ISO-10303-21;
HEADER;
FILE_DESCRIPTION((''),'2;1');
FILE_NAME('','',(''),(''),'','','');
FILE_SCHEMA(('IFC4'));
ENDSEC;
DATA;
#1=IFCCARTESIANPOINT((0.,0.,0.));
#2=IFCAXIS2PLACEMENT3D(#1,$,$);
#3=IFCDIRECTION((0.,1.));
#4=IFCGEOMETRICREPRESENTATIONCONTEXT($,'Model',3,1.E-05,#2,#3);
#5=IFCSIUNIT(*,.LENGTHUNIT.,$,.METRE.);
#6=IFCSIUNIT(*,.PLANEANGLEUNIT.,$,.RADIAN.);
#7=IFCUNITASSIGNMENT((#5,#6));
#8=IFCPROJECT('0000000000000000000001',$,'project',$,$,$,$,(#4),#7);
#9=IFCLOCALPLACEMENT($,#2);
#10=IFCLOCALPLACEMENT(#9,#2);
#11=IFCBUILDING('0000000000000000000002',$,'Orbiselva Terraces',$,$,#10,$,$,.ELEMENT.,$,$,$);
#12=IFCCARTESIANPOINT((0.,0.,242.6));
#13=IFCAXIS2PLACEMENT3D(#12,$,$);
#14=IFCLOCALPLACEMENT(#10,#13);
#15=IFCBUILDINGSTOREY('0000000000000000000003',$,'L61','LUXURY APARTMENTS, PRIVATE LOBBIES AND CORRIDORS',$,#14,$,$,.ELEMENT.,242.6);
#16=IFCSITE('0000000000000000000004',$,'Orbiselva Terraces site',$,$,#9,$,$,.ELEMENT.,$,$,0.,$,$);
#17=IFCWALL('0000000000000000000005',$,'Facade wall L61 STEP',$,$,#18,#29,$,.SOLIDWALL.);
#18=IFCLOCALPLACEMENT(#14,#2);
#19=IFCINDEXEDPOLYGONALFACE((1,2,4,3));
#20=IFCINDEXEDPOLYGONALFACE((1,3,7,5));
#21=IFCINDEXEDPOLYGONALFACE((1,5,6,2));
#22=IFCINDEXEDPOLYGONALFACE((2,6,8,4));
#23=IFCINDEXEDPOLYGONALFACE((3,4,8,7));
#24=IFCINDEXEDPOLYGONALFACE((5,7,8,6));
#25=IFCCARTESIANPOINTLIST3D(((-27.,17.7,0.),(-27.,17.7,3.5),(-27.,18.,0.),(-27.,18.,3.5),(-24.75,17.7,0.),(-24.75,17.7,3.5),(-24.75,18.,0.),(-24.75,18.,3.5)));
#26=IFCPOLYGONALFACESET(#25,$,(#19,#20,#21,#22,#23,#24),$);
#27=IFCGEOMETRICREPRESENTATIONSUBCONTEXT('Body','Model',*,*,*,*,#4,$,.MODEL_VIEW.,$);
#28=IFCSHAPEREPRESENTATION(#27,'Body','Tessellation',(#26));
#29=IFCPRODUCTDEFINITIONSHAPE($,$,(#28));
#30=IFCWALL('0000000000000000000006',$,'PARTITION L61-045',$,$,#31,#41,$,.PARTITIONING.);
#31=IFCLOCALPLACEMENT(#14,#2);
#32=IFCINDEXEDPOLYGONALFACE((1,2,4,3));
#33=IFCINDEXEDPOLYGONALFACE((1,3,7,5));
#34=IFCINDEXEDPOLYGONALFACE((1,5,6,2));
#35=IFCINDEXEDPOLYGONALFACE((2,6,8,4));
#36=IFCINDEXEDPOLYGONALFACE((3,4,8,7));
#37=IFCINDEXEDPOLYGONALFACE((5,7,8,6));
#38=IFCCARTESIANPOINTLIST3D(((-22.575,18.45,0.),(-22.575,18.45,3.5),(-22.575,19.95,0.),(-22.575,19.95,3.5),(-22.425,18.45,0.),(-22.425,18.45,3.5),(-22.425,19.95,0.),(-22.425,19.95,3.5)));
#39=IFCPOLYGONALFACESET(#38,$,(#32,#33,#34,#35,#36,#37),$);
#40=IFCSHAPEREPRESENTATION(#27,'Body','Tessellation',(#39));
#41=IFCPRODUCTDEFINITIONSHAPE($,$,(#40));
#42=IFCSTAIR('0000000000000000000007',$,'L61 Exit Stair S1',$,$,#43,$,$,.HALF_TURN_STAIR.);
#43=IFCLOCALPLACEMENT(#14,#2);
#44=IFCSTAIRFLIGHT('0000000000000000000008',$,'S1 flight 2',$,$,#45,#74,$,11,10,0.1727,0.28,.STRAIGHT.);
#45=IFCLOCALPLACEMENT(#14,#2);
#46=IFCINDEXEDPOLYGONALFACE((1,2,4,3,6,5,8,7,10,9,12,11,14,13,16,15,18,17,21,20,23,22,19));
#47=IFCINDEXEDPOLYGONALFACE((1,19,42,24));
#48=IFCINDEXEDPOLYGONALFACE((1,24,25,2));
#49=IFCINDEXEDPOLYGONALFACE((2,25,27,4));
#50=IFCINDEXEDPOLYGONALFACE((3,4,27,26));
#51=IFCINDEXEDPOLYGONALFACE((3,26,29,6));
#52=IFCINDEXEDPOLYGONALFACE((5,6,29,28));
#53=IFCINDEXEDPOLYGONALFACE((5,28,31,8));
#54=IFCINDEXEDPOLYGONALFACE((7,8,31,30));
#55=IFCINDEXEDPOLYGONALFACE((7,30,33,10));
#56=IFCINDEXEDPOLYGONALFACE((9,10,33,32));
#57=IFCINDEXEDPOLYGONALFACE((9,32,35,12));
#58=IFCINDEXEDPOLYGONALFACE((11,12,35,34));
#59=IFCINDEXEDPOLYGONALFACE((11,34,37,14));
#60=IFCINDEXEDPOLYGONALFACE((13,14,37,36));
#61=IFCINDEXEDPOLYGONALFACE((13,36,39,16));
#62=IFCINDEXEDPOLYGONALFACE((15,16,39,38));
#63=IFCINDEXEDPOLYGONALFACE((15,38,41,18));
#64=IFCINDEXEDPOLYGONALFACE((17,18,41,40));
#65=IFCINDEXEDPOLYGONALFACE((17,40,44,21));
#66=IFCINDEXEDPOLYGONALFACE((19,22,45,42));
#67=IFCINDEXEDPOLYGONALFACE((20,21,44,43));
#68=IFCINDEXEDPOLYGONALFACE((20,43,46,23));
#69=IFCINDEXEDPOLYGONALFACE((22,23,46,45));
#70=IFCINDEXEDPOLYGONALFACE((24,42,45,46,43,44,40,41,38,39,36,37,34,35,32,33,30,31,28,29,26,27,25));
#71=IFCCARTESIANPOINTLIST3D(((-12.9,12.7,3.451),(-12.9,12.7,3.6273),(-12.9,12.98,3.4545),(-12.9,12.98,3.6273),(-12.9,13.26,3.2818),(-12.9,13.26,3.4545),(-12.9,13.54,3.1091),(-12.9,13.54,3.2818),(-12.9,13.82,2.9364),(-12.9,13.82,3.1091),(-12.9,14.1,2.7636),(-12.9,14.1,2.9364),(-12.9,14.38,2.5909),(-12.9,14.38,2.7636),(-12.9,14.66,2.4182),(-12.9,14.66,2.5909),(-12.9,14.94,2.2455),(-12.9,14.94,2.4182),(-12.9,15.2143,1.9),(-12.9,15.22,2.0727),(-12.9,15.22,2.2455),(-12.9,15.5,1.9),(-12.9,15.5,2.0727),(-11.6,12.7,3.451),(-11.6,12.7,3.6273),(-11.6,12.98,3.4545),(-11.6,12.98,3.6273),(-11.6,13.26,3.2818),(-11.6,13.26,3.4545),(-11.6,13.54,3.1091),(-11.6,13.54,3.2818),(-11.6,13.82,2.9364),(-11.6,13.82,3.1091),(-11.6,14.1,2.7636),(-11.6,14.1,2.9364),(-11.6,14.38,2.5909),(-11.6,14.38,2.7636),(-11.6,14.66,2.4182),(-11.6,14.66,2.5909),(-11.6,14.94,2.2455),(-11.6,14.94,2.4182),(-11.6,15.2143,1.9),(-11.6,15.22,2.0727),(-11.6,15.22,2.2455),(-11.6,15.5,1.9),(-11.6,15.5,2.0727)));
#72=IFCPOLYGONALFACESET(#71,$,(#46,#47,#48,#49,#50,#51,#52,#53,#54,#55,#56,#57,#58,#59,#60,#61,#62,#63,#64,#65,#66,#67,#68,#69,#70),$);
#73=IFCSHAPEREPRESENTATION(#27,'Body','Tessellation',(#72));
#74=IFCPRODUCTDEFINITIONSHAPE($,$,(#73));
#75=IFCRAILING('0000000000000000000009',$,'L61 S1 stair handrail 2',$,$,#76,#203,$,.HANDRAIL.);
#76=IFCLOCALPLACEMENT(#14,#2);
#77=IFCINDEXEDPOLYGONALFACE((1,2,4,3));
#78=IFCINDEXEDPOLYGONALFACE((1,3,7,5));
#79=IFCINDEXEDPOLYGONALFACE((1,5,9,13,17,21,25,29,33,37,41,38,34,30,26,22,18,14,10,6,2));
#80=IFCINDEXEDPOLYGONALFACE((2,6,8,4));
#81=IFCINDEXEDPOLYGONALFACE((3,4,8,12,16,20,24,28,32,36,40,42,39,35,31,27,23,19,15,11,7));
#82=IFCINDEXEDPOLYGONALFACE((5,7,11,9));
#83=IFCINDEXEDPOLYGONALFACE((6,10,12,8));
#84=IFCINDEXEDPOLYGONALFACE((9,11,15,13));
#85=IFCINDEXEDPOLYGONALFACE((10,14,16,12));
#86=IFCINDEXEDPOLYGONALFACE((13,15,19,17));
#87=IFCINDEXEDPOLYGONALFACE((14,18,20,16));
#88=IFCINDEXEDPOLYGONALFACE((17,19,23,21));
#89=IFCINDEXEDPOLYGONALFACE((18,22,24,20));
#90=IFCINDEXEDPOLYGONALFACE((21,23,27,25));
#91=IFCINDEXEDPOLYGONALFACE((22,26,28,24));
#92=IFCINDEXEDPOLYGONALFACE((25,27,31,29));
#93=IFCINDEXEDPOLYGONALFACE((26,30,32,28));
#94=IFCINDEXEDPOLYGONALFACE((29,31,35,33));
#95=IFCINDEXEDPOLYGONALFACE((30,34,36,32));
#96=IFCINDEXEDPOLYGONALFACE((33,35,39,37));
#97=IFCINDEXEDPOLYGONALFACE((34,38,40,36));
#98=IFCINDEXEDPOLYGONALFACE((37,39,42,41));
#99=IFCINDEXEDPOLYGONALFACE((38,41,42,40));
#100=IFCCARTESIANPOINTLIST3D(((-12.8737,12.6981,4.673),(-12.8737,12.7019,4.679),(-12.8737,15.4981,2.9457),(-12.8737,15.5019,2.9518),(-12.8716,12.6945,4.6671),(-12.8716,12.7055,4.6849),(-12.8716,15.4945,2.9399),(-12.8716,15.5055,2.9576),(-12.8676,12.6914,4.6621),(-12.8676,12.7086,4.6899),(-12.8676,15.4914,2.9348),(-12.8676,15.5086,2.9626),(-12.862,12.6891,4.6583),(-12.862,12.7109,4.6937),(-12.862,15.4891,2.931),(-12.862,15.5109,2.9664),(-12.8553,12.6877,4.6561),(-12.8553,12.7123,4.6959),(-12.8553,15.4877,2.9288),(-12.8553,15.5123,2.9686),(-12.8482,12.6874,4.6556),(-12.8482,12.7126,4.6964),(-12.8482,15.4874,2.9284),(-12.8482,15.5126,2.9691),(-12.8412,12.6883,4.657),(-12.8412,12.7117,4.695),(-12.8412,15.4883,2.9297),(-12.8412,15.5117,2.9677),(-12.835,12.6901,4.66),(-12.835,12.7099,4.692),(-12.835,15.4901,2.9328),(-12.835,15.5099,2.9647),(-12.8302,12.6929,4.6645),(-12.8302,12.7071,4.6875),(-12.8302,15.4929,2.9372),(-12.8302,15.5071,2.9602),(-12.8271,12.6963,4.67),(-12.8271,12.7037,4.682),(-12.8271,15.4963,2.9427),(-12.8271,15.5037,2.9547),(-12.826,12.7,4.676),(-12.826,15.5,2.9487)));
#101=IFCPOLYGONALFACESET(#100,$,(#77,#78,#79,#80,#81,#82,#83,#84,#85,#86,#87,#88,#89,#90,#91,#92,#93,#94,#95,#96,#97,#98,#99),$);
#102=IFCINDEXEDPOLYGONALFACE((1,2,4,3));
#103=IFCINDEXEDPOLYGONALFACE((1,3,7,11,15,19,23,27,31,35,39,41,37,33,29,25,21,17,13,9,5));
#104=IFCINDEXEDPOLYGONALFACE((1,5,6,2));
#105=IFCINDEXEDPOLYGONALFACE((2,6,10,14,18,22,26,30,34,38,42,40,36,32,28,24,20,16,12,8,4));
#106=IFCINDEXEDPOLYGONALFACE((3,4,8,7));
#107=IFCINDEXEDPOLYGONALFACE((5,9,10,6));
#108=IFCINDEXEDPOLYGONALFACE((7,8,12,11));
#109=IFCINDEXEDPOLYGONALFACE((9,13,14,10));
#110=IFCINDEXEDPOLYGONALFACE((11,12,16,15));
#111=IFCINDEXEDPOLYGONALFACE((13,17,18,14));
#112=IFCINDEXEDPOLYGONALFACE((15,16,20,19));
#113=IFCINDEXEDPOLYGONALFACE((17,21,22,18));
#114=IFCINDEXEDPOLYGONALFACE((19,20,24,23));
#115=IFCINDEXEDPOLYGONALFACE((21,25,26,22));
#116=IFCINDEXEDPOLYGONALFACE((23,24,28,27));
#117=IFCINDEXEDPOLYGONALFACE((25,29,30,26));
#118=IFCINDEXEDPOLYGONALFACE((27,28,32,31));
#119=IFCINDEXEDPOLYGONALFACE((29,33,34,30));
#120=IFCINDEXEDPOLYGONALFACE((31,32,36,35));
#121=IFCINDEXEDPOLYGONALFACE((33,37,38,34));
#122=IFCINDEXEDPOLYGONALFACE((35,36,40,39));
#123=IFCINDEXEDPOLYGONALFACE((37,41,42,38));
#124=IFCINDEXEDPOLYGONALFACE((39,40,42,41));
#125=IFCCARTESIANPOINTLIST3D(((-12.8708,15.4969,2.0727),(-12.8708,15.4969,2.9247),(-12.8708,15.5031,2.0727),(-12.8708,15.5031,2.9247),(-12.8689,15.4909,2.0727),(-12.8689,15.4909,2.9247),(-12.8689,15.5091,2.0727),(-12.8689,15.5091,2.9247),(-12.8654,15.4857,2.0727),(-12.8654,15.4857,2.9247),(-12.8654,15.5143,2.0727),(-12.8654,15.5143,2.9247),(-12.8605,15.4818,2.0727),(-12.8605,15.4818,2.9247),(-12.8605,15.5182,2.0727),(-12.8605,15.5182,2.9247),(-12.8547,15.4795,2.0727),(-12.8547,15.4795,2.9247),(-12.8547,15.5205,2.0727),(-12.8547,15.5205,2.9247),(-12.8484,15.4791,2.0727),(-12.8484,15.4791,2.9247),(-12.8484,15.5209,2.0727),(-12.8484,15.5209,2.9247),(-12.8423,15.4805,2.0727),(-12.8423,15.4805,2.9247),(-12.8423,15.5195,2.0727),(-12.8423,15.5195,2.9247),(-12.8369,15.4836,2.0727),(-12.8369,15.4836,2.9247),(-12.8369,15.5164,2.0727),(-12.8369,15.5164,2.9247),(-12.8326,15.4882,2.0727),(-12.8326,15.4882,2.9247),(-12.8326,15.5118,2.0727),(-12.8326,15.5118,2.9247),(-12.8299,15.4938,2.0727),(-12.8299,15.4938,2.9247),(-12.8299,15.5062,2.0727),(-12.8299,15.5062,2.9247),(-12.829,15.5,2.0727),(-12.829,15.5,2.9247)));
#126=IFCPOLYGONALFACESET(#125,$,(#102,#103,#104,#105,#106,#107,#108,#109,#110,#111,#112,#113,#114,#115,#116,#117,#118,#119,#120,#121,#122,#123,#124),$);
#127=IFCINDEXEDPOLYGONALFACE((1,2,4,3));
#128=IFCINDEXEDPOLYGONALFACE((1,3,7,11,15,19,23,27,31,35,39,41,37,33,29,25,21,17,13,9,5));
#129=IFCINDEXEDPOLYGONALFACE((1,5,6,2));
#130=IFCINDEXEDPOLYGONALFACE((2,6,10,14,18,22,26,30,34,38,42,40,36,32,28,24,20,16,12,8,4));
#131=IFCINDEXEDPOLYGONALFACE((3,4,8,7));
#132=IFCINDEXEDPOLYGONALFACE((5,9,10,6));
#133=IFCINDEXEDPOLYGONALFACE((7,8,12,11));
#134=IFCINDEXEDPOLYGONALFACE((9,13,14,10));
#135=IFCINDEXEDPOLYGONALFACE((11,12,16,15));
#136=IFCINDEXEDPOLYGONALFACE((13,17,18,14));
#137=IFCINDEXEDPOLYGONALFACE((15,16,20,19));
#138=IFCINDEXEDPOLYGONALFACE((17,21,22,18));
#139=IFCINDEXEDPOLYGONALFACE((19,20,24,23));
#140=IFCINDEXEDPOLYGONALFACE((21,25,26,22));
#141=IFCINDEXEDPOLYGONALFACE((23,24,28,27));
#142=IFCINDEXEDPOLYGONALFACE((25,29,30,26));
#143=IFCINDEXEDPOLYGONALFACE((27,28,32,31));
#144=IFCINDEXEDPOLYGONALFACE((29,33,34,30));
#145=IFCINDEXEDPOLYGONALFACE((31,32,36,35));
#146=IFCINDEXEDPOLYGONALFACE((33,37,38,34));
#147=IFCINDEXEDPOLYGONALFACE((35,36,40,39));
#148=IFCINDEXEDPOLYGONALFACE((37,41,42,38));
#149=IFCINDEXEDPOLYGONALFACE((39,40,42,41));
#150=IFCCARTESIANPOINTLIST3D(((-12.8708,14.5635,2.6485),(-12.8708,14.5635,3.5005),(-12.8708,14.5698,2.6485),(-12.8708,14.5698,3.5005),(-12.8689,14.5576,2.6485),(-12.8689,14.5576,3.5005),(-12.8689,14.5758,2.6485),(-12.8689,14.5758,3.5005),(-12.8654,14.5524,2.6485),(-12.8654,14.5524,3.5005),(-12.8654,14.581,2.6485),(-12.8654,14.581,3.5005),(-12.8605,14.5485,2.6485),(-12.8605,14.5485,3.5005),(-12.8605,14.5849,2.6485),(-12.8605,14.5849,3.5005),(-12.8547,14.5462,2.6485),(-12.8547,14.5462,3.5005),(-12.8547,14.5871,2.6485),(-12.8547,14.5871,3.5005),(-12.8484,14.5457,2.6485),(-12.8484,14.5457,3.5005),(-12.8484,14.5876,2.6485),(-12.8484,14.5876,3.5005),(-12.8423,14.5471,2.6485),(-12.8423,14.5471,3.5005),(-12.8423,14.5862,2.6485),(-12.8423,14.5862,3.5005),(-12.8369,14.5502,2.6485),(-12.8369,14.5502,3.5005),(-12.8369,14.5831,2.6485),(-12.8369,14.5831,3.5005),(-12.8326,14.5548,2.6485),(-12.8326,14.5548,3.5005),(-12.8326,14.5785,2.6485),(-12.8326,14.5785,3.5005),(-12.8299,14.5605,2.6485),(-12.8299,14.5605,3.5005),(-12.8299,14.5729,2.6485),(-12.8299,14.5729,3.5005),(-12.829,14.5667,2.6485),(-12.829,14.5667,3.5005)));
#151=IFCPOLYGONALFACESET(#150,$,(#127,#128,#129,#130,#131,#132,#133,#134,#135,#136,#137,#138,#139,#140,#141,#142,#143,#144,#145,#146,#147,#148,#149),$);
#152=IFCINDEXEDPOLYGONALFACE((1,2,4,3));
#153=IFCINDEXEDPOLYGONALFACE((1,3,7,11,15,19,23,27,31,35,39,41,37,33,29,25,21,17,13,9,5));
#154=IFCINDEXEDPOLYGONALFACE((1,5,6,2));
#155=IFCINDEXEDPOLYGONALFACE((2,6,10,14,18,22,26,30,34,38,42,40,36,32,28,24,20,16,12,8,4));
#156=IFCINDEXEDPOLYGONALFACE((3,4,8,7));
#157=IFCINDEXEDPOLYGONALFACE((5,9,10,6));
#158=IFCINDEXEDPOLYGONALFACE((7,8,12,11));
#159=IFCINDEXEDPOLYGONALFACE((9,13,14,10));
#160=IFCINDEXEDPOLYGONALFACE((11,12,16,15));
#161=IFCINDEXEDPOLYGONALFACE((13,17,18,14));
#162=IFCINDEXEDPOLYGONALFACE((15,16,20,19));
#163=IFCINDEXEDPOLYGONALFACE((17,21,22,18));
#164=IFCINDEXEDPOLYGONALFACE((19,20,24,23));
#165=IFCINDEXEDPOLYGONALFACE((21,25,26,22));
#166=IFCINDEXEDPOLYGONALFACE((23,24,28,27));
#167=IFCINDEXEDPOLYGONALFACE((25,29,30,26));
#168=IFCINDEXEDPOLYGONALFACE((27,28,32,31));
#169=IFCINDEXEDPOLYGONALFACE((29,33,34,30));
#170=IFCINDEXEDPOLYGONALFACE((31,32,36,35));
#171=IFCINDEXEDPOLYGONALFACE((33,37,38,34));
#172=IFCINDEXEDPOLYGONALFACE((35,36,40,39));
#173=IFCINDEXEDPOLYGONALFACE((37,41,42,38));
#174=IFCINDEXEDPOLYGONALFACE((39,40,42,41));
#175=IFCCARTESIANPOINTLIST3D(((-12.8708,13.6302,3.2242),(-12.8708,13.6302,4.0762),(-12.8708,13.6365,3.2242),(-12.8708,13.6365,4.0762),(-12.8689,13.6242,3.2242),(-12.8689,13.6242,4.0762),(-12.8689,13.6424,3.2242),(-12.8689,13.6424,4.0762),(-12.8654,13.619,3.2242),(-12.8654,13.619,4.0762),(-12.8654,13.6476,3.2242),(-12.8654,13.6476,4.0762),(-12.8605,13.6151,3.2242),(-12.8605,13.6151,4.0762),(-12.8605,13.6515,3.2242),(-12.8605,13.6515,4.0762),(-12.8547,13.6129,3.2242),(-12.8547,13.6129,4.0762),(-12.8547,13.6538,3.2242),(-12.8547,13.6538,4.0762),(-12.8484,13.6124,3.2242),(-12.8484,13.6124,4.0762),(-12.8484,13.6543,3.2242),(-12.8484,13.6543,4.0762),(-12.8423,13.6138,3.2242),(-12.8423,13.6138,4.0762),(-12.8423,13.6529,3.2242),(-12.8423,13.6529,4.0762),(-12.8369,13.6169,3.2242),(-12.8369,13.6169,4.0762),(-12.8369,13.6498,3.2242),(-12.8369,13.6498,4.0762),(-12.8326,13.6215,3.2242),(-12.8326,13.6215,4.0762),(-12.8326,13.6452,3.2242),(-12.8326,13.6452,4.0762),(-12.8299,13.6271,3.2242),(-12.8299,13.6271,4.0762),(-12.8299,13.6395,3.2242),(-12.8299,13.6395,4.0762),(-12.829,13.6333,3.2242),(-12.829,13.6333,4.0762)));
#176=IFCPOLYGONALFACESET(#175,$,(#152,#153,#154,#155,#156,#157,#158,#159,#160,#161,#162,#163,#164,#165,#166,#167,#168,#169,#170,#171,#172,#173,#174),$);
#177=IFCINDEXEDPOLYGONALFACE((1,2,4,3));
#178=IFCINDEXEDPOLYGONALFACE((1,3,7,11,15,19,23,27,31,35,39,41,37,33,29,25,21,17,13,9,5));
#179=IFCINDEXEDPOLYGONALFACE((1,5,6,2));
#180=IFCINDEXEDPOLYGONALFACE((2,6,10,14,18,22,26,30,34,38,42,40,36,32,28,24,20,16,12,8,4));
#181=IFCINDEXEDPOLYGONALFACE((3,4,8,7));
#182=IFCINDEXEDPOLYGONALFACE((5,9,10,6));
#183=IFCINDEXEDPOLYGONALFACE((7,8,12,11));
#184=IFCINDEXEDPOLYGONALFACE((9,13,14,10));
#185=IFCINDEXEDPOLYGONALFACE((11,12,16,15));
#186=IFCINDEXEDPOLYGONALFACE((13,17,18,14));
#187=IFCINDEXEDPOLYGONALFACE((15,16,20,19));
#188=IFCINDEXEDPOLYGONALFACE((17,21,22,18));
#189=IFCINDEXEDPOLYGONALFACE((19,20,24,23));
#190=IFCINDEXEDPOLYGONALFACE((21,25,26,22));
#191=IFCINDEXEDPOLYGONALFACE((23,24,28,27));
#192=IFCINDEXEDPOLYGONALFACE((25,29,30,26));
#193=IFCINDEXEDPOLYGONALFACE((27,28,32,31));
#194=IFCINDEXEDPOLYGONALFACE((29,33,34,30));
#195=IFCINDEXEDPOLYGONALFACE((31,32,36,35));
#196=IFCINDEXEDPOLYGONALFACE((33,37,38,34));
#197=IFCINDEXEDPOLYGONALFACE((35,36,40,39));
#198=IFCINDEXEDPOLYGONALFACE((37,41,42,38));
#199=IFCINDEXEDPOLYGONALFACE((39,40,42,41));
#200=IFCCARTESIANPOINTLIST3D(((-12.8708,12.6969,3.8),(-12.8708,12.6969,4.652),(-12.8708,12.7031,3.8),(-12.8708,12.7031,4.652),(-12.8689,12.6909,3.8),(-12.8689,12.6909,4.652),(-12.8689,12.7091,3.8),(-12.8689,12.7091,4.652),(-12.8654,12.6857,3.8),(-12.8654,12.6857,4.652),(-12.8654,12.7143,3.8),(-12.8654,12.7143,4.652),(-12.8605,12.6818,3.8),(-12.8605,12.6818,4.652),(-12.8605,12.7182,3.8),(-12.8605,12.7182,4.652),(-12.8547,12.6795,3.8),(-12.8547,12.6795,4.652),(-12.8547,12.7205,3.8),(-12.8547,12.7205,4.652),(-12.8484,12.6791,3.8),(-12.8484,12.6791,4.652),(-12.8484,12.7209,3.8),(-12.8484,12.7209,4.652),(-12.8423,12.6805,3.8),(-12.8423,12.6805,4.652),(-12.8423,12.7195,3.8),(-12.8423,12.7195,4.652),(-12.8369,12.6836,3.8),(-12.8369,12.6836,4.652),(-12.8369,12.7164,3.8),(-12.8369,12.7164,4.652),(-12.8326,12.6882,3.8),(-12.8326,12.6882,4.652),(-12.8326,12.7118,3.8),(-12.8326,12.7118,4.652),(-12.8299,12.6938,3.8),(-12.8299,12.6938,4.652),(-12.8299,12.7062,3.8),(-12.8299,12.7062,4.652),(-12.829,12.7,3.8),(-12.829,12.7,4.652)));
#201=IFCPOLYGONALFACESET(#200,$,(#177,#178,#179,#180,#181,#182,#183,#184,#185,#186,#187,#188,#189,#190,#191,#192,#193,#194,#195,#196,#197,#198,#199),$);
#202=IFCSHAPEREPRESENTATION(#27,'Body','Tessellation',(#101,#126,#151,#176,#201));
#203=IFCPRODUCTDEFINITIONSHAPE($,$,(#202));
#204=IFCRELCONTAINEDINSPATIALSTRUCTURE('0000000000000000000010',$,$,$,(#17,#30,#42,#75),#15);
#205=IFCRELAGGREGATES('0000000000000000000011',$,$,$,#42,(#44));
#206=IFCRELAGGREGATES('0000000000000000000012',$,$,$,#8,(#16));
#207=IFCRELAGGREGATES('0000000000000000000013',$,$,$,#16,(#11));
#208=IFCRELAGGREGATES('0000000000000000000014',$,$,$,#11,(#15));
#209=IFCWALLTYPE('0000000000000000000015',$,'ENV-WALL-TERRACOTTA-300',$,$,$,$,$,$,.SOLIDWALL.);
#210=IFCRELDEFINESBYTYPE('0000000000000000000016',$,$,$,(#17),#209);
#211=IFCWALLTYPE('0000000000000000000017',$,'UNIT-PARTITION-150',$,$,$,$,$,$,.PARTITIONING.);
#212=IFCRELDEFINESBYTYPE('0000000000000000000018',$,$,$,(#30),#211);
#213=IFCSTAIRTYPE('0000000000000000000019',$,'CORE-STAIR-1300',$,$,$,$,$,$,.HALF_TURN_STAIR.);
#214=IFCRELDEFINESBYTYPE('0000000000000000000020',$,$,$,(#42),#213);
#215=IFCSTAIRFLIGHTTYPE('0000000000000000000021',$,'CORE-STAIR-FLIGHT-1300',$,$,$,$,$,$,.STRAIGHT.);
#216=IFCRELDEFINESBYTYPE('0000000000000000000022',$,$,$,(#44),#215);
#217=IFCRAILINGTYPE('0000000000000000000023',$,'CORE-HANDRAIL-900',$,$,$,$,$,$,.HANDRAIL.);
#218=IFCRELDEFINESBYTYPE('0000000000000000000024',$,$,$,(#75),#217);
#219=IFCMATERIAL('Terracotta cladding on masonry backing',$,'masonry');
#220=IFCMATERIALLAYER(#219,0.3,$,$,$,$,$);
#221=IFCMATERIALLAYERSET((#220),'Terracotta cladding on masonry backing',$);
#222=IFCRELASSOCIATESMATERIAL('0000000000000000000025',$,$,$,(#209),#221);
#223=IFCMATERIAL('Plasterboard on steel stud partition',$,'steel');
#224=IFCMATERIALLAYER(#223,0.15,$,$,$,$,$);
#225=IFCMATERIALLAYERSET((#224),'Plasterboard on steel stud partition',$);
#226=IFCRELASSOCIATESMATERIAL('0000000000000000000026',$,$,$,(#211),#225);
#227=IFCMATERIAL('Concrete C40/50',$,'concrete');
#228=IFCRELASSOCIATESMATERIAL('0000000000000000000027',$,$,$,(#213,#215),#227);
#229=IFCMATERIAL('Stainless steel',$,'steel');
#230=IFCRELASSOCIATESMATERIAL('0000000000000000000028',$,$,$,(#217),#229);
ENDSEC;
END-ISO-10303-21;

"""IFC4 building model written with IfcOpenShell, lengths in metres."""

from ifc_helpers import new_model, si_unit, direction, frame, frame_2d, origin, origin_2d, place, context, subcontext, project, spatial, polyline, rectangle, circle, outline, extrude, material, layer, layer_set, type_object, element, aggregate, save


model = new_model("IFC4")

# Units and contexts
model_context = context("Model", 3, precision=1e-05, world=origin(), true_north=direction((0.0, 1.0)))
body_context = subcontext(model_context, "Body", "Model", "MODEL_VIEW")
ifc_project = project(units=[si_unit("LENGTHUNIT", "METRE"), si_unit("PLANEANGLEUNIT", "RADIAN")], contexts=[model_context])

# Site, building, storey
site_placement = place(None, origin())
site = spatial("IfcSite", under=ifc_project, at=site_placement, Name="Orbiselva Terraces site", CompositionType="ELEMENT", RefElevation=0.0)
building_placement = place(site_placement, origin())
building = spatial("IfcBuilding", under=site, at=building_placement, Name="Orbiselva Terraces", CompositionType="ELEMENT")
storey_placement = place(building_placement, frame((0.0, 0.0, 242.6)))
storey = spatial("IfcBuildingStorey", under=building, at=storey_placement, Name="L61", Description="LUXURY APARTMENTS, PRIVATE LOBBIES AND CORRIDORS", CompositionType="ELEMENT", Elevation=242.6)

# Shared definitions
ifc_material_1 = material(Name="Terracotta cladding on masonry backing", Category="masonry")
ifc_layer_1 = layer(ifc_material_1, 0.3)
ifc_layer_set_1 = layer_set([ifc_layer_1], Name="Terracotta cladding on masonry backing")
wall_type_1 = type_object("IfcWallType", Name="ENV-WALL-TERRACOTTA-300", PredefinedType="SOLIDWALL", material=ifc_layer_set_1)

# Walls
wall_1_placement = place(storey_placement, frame((-27.0, 17.85, 0.0), z_axis=(0.0, 0.0, 1.0), x_axis=(1.0, 0.0, 0.0)))
element("IfcWall", 1, at=wall_1_placement, inside=storey, type_object=wall_type_1, Name="Facade wall L61 STEP", PredefinedType="SOLIDWALL", context=body_context, shape_type="SweptSolid", body=[
    extrude(rectangle(XDim=2.25, YDim=0.3, at=frame_2d((1.125, 0.0))), origin(), (0.0, 0.0, 1.0), 3.5),
])
ifc_material_2 = material(Name="Plasterboard on steel stud partition", Category="steel")
ifc_layer_2 = layer(ifc_material_2, 0.15)
ifc_layer_set_2 = layer_set([ifc_layer_2], Name="Plasterboard on steel stud partition")
wall_type_2 = type_object("IfcWallType", Name="UNIT-PARTITION-150", PredefinedType="PARTITIONING", material=ifc_layer_set_2)
wall_2_placement = place(storey_placement, frame((-22.5, 18.45, 0.0), z_axis=(0.0, 0.0, 1.0), x_axis=(0.0, 1.0, 0.0)))
element("IfcWall", 2, at=wall_2_placement, inside=storey, type_object=wall_type_2, Name="PARTITION L61-045", PredefinedType="PARTITIONING", context=body_context, shape_type="SweptSolid", body=[
    extrude(rectangle(XDim=1.5, YDim=0.15, at=frame_2d((0.75, 0.0))), origin(), (0.0, 0.0, 1.0), 3.5),
])

# Stair, stair flight
ifc_material_3 = material(Name="Concrete C40/50", Category="concrete")
stair_type = type_object("IfcStairType", Name="CORE-STAIR-1300", PredefinedType="HALF_TURN_STAIR", material=ifc_material_3)
stair_placement = place(storey_placement, origin())
stair = element("IfcStair", 3, at=stair_placement, inside=storey, type_object=stair_type, Name="L61 Exit Stair S1", PredefinedType="HALF_TURN_STAIR")
stair_flight_type = type_object("IfcStairFlightType", Name="CORE-STAIR-FLIGHT-1300", PredefinedType="STRAIGHT", material=ifc_material_3)
stair_flight_placement = place(storey_placement, frame((-12.25, 15.5, 1.9), z_axis=(0.0, 0.0, 1.0), x_axis=(0.0, -1.0, 0.0)))
stair_flight = element("IfcStairFlight", 4, at=stair_flight_placement, type_object=stair_flight_type, Name="S1 flight 2", NumberOfRisers=11, NumberOfTreads=10, PredefinedType="STRAIGHT", RiserHeight=0.1727, TreadLength=0.28, context=body_context, shape_type="SweptSolid", body=[
    extrude(outline(polyline([(0.0, 0.0), (0.0, 0.1727), (0.28, 0.1727), (0.28, 0.3455), (0.56, 0.3455), (0.56, 0.5182), (0.84, 0.5182), (0.84, 0.6909), (1.12, 0.6909), (1.12, 0.8636), (1.4, 0.8636), (1.4, 1.0364), (1.68, 1.0364), (1.68, 1.2091), (1.96, 1.2091), (1.96, 1.3818), (2.24, 1.3818), (2.24, 1.5545), (2.52, 1.5545), (2.52, 1.7273), (2.8, 1.7273), (2.8, 1.9), (2.8, 1.551), (0.2857, 0.0), (0.0, 0.0)])), frame((0.0, 0.65, 0.0), z_axis=(0.0, -1.0, 0.0), x_axis=(1.0, 0.0, 0.0)), (0.0, 0.0, 1.0), 1.3),
])
aggregate(stair, [stair_flight])

# Railing
ifc_material_4 = material(Name="Stainless steel", Category="steel")
railing_type_1 = type_object("IfcRailingType", Name="CORE-HANDRAIL-900", PredefinedType="HANDRAIL", material=ifc_material_4)
railing_1_placement = place(storey_placement, frame((-12.85, 15.5, 2.0727)))
element("IfcRailing", 5, at=railing_1_placement, inside=storey, type_object=railing_type_1, Name="L61 S1 stair handrail 2", PredefinedType="HANDRAIL", context=body_context, shape_type="SweptSolid", body=[
    extrude(circle(Radius=0.024, at=origin_2d()), frame((0.0, 0.0, 0.876), z_axis=(0.0, -0.851089, 0.525022), x_axis=(1.0, 0.0, 0.0)), (0.0, 0.0, 1.0), 3.2899),
    extrude(circle(Radius=0.021, at=origin_2d()), origin(), (0.0, 0.0, 1.0), 0.852),
    extrude(circle(Radius=0.021, at=origin_2d()), frame((0.0, -0.9333, 0.5758)), (0.0, 0.0, 1.0), 0.852),
    extrude(circle(Radius=0.021, at=origin_2d()), frame((0.0, -1.8667, 1.1515)), (0.0, 0.0, 1.0), 0.852),
    extrude(circle(Radius=0.021, at=origin_2d()), frame((0.0, -2.8, 1.7273)), (0.0, 0.0, 1.0), 0.852),
])

save(model, "model.ifc")
